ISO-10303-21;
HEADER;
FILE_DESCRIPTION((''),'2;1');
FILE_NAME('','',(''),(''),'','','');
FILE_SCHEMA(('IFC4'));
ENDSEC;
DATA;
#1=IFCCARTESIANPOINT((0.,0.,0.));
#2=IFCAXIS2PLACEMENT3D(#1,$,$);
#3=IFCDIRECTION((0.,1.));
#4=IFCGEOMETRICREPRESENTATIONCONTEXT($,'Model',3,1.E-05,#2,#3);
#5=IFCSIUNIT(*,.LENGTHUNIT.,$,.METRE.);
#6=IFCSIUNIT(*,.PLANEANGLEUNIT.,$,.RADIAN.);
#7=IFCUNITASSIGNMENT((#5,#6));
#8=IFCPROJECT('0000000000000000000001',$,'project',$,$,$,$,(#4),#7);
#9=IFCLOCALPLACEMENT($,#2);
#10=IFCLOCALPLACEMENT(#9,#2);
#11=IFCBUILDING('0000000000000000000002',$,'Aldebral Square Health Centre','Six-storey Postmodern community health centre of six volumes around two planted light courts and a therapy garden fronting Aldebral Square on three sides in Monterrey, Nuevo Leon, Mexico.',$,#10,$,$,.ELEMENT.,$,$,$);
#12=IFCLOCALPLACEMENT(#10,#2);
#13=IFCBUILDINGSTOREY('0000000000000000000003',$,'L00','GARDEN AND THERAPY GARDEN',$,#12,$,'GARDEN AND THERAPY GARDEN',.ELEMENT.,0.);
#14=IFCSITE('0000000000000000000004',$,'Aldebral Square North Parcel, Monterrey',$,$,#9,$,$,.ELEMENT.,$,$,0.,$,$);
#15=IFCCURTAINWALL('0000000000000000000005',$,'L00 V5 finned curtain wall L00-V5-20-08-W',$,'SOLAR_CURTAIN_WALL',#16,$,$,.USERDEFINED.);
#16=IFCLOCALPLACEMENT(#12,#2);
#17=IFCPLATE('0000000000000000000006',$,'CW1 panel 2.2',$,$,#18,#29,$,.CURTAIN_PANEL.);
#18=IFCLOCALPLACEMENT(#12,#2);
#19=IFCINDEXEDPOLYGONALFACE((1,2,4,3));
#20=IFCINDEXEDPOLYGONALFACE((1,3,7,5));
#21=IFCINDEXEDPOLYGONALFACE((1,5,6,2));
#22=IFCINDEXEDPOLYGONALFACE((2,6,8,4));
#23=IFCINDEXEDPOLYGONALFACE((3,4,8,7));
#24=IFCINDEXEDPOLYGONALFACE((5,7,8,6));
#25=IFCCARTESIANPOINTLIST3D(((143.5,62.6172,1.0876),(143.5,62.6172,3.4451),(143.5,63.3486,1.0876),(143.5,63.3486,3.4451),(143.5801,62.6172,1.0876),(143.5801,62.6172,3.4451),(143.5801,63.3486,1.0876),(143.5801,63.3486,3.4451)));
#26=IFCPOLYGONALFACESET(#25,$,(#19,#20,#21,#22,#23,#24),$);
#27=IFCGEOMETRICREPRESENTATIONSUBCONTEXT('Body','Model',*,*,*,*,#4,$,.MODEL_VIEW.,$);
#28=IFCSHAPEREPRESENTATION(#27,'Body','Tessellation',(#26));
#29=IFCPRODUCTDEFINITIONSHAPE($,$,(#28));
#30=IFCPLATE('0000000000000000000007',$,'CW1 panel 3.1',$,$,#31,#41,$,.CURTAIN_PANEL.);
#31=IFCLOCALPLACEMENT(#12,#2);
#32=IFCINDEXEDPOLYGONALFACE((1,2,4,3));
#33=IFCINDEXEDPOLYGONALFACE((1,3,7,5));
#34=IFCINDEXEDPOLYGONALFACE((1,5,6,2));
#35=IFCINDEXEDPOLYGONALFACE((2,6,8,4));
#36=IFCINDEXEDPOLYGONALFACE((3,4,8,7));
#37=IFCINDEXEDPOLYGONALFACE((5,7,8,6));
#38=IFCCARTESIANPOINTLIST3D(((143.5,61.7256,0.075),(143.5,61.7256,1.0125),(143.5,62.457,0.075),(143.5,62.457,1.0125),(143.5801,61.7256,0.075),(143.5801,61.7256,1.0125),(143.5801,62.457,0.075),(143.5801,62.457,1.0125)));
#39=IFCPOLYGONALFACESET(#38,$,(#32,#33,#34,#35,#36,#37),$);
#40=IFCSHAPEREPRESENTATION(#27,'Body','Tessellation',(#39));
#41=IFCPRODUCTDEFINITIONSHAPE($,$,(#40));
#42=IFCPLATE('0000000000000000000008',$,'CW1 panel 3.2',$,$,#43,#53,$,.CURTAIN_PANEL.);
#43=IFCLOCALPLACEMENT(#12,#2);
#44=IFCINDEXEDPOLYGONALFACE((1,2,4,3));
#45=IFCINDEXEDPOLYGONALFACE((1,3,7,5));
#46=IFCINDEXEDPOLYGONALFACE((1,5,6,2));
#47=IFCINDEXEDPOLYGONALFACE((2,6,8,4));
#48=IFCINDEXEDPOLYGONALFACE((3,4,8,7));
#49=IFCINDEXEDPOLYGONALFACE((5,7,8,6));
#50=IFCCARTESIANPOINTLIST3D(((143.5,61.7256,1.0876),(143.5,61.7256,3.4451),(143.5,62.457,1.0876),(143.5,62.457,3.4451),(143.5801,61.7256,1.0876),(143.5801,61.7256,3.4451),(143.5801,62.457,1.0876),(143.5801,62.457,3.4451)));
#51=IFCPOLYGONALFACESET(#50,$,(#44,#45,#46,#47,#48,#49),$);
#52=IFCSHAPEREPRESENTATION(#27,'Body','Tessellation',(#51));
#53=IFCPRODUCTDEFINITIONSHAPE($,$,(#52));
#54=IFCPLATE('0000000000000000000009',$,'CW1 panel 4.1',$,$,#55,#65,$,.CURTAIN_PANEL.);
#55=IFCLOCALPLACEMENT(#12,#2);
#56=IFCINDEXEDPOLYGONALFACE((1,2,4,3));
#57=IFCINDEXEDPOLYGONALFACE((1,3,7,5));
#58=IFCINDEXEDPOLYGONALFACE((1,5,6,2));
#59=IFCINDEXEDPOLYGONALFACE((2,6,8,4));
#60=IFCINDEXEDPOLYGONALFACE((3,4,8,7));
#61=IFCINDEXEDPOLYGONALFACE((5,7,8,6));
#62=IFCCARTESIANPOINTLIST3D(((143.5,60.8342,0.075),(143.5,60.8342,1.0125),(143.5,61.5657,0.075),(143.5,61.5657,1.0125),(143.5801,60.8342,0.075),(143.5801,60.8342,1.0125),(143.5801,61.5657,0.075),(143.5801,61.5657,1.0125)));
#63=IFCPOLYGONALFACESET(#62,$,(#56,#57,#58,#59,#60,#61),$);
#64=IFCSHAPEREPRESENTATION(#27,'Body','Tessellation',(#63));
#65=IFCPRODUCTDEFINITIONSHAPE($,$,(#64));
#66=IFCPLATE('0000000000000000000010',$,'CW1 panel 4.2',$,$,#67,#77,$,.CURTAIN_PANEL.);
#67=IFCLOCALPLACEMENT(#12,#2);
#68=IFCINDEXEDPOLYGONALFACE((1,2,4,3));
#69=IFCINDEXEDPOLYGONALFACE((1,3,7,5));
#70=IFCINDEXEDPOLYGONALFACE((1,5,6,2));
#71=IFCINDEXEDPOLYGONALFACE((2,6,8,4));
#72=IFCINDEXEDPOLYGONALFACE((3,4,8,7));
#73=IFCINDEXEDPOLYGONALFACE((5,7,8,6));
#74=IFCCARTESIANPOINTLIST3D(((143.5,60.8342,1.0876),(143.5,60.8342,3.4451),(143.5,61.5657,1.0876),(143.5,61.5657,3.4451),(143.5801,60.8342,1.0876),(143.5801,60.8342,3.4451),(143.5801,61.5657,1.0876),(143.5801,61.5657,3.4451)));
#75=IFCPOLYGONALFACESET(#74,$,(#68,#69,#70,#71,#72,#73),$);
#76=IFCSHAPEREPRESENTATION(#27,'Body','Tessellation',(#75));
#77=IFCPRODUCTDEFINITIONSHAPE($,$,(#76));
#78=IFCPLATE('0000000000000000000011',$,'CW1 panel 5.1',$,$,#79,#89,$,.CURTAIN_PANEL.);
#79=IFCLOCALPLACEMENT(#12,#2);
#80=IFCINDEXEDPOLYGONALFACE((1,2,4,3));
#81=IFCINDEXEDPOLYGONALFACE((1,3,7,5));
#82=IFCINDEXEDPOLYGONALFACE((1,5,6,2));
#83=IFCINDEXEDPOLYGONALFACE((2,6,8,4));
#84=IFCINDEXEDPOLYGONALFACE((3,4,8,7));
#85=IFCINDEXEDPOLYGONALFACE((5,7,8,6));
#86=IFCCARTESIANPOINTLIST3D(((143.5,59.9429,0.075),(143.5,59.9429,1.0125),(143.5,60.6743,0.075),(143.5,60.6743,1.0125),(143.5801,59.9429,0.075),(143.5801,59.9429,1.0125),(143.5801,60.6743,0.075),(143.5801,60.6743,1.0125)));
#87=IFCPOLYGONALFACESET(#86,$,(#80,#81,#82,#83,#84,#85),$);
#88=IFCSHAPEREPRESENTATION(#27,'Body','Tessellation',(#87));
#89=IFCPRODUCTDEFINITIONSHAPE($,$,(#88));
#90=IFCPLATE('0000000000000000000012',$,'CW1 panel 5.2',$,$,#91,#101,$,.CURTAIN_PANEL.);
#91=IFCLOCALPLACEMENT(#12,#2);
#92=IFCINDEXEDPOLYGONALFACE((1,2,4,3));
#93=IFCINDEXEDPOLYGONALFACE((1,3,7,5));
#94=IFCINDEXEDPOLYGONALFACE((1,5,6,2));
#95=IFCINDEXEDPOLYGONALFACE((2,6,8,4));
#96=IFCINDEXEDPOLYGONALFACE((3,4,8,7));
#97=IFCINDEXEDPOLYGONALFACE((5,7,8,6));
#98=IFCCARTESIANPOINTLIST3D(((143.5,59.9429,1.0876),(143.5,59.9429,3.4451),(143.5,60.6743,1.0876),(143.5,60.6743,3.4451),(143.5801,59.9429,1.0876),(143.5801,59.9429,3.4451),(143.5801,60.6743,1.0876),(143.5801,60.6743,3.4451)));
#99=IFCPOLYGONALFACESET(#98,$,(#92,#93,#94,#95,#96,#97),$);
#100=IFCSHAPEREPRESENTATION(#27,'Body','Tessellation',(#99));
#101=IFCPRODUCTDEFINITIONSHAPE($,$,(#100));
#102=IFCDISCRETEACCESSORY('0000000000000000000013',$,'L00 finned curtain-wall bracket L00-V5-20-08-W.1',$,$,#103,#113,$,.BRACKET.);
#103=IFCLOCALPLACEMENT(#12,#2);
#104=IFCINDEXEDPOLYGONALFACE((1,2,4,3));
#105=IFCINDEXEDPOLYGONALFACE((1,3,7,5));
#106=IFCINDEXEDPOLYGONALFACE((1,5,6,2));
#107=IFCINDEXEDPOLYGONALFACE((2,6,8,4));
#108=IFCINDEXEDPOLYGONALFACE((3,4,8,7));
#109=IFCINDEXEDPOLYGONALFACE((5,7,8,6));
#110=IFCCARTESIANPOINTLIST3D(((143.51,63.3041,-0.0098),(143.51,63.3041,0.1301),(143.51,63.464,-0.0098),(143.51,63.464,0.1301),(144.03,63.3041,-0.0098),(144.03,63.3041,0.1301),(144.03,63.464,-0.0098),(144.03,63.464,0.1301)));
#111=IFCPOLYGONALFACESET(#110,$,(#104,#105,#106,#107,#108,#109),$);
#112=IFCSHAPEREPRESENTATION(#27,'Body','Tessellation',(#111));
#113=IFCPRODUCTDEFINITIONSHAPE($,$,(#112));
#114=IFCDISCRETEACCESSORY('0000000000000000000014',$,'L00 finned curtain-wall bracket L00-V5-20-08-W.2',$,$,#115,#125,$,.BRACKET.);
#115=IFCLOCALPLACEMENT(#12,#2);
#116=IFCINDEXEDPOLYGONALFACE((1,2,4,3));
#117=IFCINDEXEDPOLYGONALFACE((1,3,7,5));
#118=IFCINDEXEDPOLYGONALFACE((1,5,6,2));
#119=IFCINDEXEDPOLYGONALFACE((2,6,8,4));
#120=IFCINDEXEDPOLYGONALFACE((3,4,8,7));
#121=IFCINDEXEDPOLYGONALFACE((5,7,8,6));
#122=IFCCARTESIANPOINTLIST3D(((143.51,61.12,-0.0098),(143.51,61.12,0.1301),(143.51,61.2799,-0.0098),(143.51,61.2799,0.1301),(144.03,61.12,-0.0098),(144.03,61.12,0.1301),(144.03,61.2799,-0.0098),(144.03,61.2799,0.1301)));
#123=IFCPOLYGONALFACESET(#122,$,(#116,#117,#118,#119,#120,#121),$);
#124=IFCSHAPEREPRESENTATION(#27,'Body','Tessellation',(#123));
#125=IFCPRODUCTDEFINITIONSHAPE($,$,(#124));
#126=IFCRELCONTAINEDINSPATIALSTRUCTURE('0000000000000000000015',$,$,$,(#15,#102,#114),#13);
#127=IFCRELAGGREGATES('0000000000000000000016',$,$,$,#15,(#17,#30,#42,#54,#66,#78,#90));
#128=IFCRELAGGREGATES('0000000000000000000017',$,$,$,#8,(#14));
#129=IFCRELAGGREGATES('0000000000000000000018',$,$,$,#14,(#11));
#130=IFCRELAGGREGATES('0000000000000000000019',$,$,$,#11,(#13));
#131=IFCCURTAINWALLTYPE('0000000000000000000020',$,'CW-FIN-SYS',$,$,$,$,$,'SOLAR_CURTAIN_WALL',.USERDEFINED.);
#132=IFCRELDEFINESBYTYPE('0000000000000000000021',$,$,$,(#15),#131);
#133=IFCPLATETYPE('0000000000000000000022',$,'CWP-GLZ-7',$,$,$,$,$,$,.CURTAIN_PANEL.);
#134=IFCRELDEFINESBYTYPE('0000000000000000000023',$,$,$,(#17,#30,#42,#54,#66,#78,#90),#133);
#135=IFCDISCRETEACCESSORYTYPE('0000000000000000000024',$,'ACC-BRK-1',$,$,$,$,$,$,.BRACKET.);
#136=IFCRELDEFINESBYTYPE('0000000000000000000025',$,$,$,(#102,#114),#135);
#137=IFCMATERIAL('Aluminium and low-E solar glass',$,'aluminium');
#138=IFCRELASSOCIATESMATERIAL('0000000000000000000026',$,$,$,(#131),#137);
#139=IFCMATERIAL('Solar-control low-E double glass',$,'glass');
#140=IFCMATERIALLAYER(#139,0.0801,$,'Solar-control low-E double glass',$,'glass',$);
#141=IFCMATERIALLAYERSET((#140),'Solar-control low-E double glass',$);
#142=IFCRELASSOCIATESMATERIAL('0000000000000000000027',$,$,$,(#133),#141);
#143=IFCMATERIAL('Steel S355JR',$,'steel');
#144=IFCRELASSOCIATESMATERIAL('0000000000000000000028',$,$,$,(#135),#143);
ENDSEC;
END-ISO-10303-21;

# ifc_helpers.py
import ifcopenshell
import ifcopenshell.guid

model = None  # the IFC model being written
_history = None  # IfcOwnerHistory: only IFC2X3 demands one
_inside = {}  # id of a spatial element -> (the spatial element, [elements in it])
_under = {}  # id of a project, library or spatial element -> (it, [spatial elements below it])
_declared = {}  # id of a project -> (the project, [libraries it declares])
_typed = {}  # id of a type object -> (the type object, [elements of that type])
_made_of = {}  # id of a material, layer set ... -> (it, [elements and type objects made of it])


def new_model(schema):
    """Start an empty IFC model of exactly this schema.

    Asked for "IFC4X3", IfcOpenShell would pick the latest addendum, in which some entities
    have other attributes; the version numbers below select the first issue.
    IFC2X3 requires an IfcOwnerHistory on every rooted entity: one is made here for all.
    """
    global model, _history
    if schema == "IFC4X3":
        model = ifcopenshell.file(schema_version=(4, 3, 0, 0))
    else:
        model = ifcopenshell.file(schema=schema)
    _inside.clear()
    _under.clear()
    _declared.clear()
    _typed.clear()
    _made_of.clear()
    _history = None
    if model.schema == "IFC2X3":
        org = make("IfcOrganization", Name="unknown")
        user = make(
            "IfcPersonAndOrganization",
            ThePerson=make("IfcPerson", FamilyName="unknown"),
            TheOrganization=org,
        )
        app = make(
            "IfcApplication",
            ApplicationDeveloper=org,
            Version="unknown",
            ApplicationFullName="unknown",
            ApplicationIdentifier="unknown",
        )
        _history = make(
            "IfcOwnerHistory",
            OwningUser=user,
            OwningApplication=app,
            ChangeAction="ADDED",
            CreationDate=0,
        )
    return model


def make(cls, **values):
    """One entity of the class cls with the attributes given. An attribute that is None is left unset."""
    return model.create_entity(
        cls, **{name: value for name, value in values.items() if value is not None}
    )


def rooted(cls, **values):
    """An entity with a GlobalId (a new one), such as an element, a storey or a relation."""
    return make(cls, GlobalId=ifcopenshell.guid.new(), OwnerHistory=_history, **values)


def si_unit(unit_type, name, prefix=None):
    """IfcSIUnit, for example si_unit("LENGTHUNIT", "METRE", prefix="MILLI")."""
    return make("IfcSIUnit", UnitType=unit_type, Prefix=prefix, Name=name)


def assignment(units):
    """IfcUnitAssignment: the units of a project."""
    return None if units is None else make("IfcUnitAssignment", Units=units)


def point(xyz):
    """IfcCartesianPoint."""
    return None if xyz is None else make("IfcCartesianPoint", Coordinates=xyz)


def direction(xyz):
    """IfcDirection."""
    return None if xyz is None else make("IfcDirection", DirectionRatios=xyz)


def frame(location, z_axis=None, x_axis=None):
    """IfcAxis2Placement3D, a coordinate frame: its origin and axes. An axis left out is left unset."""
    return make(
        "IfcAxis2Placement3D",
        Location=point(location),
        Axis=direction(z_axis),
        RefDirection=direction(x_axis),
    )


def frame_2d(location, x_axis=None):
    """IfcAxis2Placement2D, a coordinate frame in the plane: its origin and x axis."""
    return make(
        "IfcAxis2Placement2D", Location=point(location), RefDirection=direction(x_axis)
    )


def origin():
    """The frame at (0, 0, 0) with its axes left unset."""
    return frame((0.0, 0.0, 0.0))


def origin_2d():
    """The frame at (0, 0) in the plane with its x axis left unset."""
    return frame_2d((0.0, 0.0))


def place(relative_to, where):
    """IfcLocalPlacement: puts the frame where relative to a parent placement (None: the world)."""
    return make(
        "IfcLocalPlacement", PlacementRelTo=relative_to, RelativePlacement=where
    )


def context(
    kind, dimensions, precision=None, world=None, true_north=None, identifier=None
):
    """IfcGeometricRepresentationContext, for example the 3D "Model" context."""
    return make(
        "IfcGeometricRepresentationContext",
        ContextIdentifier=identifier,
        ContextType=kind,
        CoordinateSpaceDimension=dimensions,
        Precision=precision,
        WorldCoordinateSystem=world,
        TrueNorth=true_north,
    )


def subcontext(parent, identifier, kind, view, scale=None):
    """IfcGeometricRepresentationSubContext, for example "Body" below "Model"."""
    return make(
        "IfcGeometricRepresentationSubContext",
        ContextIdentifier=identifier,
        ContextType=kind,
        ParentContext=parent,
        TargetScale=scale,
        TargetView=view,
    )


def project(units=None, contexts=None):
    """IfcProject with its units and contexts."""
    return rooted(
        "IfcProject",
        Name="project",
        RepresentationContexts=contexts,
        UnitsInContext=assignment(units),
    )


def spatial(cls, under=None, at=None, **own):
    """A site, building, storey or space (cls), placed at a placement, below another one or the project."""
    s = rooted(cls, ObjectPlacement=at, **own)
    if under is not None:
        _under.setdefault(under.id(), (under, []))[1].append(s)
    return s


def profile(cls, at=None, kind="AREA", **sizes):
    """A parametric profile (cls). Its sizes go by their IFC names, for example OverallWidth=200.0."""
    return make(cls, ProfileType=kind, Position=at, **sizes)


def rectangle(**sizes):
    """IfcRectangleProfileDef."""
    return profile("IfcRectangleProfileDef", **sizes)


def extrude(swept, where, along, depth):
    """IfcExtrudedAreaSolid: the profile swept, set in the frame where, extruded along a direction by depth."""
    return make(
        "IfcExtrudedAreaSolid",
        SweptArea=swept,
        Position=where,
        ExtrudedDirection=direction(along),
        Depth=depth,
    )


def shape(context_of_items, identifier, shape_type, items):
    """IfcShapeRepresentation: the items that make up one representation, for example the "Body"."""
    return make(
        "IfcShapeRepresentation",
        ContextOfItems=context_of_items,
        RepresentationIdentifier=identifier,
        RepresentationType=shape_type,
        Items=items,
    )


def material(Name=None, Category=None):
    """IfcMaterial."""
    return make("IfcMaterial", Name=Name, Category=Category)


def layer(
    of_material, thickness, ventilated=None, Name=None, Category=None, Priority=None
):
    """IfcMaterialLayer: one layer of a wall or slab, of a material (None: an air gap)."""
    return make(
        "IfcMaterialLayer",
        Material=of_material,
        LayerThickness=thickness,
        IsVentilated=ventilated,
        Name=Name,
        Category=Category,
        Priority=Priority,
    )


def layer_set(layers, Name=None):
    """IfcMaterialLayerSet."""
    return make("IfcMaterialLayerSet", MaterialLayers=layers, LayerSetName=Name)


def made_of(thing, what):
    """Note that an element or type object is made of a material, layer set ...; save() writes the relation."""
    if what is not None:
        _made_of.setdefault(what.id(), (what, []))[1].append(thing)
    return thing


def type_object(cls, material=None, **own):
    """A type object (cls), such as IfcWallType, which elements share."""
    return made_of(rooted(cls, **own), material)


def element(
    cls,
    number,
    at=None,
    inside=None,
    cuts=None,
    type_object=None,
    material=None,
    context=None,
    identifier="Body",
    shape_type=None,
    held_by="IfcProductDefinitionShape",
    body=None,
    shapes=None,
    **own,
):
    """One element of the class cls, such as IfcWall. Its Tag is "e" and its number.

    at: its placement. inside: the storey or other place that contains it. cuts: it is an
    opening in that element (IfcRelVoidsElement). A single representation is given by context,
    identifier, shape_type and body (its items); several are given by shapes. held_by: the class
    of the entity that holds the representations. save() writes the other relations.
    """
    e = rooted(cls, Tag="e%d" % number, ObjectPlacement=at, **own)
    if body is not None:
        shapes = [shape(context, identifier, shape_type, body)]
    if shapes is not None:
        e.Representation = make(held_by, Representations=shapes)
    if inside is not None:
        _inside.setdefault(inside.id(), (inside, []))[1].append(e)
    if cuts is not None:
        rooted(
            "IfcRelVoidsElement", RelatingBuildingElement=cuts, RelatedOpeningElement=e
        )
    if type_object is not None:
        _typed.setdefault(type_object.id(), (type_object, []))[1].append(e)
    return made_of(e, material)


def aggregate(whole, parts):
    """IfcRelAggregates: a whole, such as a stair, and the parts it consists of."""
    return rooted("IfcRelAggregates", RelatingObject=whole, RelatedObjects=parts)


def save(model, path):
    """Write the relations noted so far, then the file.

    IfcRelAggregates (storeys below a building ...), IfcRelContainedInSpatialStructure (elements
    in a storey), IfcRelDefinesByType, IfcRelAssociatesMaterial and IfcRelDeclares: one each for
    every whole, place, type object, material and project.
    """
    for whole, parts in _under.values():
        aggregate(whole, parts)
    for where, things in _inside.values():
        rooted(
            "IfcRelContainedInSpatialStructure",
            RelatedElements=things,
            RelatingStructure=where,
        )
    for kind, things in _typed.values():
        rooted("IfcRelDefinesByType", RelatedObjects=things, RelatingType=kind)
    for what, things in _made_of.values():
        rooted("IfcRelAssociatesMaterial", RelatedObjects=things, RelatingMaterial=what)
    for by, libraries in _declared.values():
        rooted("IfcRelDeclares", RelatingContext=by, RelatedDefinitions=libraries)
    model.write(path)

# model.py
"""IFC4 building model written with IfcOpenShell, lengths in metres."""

from ifc_helpers import new_model, si_unit, direction, frame, origin, origin_2d, place, context, subcontext, project, spatial, rectangle, extrude, material, layer, layer_set, type_object, element, aggregate, save


model = new_model("IFC4")

# Units and contexts
model_context = context("Model", 3, precision=1e-05, world=origin(), true_north=direction((0.0, 1.0)))
body_context = subcontext(model_context, "Body", "Model", "MODEL_VIEW")
ifc_project = project(units=[si_unit("LENGTHUNIT", "METRE"), si_unit("PLANEANGLEUNIT", "RADIAN")], contexts=[model_context])

# Site, building, storey
site_placement = place(None, origin())
site = spatial("IfcSite", under=ifc_project, at=site_placement, Name="Aldebral Square North Parcel, Monterrey", CompositionType="ELEMENT", RefElevation=0.0)
building_placement = place(site_placement, origin())
building = spatial("IfcBuilding", under=site, at=building_placement, Name="Aldebral Square Health Centre", Description="Six-storey Postmodern community health centre of six volumes around two planted light courts and a therapy garden fronting Aldebral Square on three sides in Monterrey, Nuevo Leon, Mexico.", CompositionType="ELEMENT")
storey_placement = place(building_placement, origin())
storey = spatial("IfcBuildingStorey", under=building, at=storey_placement, Name="L00", Description="GARDEN AND THERAPY GARDEN", LongName="GARDEN AND THERAPY GARDEN", CompositionType="ELEMENT", Elevation=0.0)

# Curtain wall, plates
ifc_material_1 = material(Name="Aluminium and low-E solar glass", Category="aluminium")
curtain_wall_type = type_object("IfcCurtainWallType", Name="CW-FIN-SYS", ElementType="SOLAR_CURTAIN_WALL", PredefinedType="USERDEFINED", material=ifc_material_1)
curtain_wall_placement = place(storey_placement, origin())
curtain_wall = element("IfcCurtainWall", 1, at=curtain_wall_placement, inside=storey, type_object=curtain_wall_type, Name="L00 V5 finned curtain wall L00-V5-20-08-W", ObjectType="SOLAR_CURTAIN_WALL", PredefinedType="USERDEFINED")
ifc_material_2 = material(Name="Solar-control low-E double glass", Category="glass")
ifc_layer_1 = layer(ifc_material_2, 0.0801, Name="Solar-control low-E double glass", Category="glass")
ifc_layer_set_1 = layer_set([ifc_layer_1], Name="Solar-control low-E double glass")
plate_type = type_object("IfcPlateType", Name="CWP-GLZ-7", PredefinedType="CURTAIN_PANEL", material=ifc_layer_set_1)
plate_1_placement = place(storey_placement, frame((143.54, 62.9829, 1.0876), z_axis=(0.0, 0.0, 1.0), x_axis=(0.0, -1.0, 0.0)))
plate_1 = element("IfcPlate", 2, at=plate_1_placement, type_object=plate_type, Name="CW1 panel 2.2", PredefinedType="CURTAIN_PANEL", context=body_context, shape_type="SweptSolid", body=[
    extrude(rectangle(XDim=0.7314, YDim=0.0801, at=origin_2d()), origin(), (0.0, 0.0, 1.0), 2.3574),
])
plate_2_placement = place(storey_placement, frame((143.54, 62.0913, 0.075), z_axis=(0.0, 0.0, 1.0), x_axis=(0.0, -1.0, 0.0)))
plate_2 = element("IfcPlate", 3, at=plate_2_placement, type_object=plate_type, Name="CW1 panel 3.1", PredefinedType="CURTAIN_PANEL", context=body_context, shape_type="SweptSolid", body=[
    extrude(rectangle(XDim=0.7314, YDim=0.0801, at=origin_2d()), origin(), (0.0, 0.0, 1.0), 0.9375),
])
plate_3_placement = place(storey_placement, frame((143.54, 62.0913, 1.0876), z_axis=(0.0, 0.0, 1.0), x_axis=(0.0, -1.0, 0.0)))
plate_3 = element("IfcPlate", 4, at=plate_3_placement, type_object=plate_type, Name="CW1 panel 3.2", PredefinedType="CURTAIN_PANEL", context=body_context, shape_type="SweptSolid", body=[
    extrude(rectangle(XDim=0.7314, YDim=0.0801, at=origin_2d()), origin(), (0.0, 0.0, 1.0), 2.3574),
])
plate_4_placement = place(storey_placement, frame((143.54, 61.2, 0.075), z_axis=(0.0, 0.0, 1.0), x_axis=(0.0, -1.0, 0.0)))
plate_4 = element("IfcPlate", 5, at=plate_4_placement, type_object=plate_type, Name="CW1 panel 4.1", PredefinedType="CURTAIN_PANEL", context=body_context, shape_type="SweptSolid", body=[
    extrude(rectangle(XDim=0.7314, YDim=0.0801, at=origin_2d()), origin(), (0.0, 0.0, 1.0), 0.9375),
])
plate_5_placement = place(storey_placement, frame((143.54, 61.2, 1.0876), z_axis=(0.0, 0.0, 1.0), x_axis=(0.0, -1.0, 0.0)))
plate_5 = element("IfcPlate", 6, at=plate_5_placement, type_object=plate_type, Name="CW1 panel 4.2", PredefinedType="CURTAIN_PANEL", context=body_context, shape_type="SweptSolid", body=[
    extrude(rectangle(XDim=0.7314, YDim=0.0801, at=origin_2d()), origin(), (0.0, 0.0, 1.0), 2.3574),
])
plate_6_placement = place(storey_placement, frame((143.54, 60.3086, 0.075), z_axis=(0.0, 0.0, 1.0), x_axis=(0.0, -1.0, 0.0)))
plate_6 = element("IfcPlate", 7, at=plate_6_placement, type_object=plate_type, Name="CW1 panel 5.1", PredefinedType="CURTAIN_PANEL", context=body_context, shape_type="SweptSolid", body=[
    extrude(rectangle(XDim=0.7314, YDim=0.0801, at=origin_2d()), origin(), (0.0, 0.0, 1.0), 0.9375),
])
plate_7_placement = place(storey_placement, frame((143.54, 60.3086, 1.0876), z_axis=(0.0, 0.0, 1.0), x_axis=(0.0, -1.0, 0.0)))
plate_7 = element("IfcPlate", 8, at=plate_7_placement, type_object=plate_type, Name="CW1 panel 5.2", PredefinedType="CURTAIN_PANEL", context=body_context, shape_type="SweptSolid", body=[
    extrude(rectangle(XDim=0.7314, YDim=0.0801, at=origin_2d()), origin(), (0.0, 0.0, 1.0), 2.3574),
])
aggregate(curtain_wall, [plate_1, plate_2, plate_3, plate_4, plate_5, plate_6, plate_7])

# Discrete accessories
ifc_material_3 = material(Name="Steel S355JR", Category="steel")
discrete_accessory_type = type_object("IfcDiscreteAccessoryType", Name="ACC-BRK-1", PredefinedType="BRACKET", material=ifc_material_3)
for number, where, z_axis, x_axis, name in (
    (9, (143.77, 63.384, -0.0098), (0.0, 0.0, 1.0), (0.0, 1.0, 0.0), "L00 finned curtain-wall bracket L00-V5-20-08-W.1"),
    (10, (143.77, 61.2, -0.0098), (0.0, 0.0, 1.0), (0.0, 1.0, 0.0), "L00 finned curtain-wall bracket L00-V5-20-08-W.2"),
):
    element("IfcDiscreteAccessory", number, at=place(storey_placement, frame(where, z_axis=z_axis, x_axis=x_axis)), inside=storey, type_object=discrete_accessory_type, Name=name, PredefinedType="BRACKET", context=body_context, shape_type="SweptSolid", body=[
        extrude(rectangle(XDim=0.1599, YDim=0.52, at=origin_2d()), origin(), (0.0, 0.0, 1.0), 0.1399),
    ])

save(model, "model.ifc")
